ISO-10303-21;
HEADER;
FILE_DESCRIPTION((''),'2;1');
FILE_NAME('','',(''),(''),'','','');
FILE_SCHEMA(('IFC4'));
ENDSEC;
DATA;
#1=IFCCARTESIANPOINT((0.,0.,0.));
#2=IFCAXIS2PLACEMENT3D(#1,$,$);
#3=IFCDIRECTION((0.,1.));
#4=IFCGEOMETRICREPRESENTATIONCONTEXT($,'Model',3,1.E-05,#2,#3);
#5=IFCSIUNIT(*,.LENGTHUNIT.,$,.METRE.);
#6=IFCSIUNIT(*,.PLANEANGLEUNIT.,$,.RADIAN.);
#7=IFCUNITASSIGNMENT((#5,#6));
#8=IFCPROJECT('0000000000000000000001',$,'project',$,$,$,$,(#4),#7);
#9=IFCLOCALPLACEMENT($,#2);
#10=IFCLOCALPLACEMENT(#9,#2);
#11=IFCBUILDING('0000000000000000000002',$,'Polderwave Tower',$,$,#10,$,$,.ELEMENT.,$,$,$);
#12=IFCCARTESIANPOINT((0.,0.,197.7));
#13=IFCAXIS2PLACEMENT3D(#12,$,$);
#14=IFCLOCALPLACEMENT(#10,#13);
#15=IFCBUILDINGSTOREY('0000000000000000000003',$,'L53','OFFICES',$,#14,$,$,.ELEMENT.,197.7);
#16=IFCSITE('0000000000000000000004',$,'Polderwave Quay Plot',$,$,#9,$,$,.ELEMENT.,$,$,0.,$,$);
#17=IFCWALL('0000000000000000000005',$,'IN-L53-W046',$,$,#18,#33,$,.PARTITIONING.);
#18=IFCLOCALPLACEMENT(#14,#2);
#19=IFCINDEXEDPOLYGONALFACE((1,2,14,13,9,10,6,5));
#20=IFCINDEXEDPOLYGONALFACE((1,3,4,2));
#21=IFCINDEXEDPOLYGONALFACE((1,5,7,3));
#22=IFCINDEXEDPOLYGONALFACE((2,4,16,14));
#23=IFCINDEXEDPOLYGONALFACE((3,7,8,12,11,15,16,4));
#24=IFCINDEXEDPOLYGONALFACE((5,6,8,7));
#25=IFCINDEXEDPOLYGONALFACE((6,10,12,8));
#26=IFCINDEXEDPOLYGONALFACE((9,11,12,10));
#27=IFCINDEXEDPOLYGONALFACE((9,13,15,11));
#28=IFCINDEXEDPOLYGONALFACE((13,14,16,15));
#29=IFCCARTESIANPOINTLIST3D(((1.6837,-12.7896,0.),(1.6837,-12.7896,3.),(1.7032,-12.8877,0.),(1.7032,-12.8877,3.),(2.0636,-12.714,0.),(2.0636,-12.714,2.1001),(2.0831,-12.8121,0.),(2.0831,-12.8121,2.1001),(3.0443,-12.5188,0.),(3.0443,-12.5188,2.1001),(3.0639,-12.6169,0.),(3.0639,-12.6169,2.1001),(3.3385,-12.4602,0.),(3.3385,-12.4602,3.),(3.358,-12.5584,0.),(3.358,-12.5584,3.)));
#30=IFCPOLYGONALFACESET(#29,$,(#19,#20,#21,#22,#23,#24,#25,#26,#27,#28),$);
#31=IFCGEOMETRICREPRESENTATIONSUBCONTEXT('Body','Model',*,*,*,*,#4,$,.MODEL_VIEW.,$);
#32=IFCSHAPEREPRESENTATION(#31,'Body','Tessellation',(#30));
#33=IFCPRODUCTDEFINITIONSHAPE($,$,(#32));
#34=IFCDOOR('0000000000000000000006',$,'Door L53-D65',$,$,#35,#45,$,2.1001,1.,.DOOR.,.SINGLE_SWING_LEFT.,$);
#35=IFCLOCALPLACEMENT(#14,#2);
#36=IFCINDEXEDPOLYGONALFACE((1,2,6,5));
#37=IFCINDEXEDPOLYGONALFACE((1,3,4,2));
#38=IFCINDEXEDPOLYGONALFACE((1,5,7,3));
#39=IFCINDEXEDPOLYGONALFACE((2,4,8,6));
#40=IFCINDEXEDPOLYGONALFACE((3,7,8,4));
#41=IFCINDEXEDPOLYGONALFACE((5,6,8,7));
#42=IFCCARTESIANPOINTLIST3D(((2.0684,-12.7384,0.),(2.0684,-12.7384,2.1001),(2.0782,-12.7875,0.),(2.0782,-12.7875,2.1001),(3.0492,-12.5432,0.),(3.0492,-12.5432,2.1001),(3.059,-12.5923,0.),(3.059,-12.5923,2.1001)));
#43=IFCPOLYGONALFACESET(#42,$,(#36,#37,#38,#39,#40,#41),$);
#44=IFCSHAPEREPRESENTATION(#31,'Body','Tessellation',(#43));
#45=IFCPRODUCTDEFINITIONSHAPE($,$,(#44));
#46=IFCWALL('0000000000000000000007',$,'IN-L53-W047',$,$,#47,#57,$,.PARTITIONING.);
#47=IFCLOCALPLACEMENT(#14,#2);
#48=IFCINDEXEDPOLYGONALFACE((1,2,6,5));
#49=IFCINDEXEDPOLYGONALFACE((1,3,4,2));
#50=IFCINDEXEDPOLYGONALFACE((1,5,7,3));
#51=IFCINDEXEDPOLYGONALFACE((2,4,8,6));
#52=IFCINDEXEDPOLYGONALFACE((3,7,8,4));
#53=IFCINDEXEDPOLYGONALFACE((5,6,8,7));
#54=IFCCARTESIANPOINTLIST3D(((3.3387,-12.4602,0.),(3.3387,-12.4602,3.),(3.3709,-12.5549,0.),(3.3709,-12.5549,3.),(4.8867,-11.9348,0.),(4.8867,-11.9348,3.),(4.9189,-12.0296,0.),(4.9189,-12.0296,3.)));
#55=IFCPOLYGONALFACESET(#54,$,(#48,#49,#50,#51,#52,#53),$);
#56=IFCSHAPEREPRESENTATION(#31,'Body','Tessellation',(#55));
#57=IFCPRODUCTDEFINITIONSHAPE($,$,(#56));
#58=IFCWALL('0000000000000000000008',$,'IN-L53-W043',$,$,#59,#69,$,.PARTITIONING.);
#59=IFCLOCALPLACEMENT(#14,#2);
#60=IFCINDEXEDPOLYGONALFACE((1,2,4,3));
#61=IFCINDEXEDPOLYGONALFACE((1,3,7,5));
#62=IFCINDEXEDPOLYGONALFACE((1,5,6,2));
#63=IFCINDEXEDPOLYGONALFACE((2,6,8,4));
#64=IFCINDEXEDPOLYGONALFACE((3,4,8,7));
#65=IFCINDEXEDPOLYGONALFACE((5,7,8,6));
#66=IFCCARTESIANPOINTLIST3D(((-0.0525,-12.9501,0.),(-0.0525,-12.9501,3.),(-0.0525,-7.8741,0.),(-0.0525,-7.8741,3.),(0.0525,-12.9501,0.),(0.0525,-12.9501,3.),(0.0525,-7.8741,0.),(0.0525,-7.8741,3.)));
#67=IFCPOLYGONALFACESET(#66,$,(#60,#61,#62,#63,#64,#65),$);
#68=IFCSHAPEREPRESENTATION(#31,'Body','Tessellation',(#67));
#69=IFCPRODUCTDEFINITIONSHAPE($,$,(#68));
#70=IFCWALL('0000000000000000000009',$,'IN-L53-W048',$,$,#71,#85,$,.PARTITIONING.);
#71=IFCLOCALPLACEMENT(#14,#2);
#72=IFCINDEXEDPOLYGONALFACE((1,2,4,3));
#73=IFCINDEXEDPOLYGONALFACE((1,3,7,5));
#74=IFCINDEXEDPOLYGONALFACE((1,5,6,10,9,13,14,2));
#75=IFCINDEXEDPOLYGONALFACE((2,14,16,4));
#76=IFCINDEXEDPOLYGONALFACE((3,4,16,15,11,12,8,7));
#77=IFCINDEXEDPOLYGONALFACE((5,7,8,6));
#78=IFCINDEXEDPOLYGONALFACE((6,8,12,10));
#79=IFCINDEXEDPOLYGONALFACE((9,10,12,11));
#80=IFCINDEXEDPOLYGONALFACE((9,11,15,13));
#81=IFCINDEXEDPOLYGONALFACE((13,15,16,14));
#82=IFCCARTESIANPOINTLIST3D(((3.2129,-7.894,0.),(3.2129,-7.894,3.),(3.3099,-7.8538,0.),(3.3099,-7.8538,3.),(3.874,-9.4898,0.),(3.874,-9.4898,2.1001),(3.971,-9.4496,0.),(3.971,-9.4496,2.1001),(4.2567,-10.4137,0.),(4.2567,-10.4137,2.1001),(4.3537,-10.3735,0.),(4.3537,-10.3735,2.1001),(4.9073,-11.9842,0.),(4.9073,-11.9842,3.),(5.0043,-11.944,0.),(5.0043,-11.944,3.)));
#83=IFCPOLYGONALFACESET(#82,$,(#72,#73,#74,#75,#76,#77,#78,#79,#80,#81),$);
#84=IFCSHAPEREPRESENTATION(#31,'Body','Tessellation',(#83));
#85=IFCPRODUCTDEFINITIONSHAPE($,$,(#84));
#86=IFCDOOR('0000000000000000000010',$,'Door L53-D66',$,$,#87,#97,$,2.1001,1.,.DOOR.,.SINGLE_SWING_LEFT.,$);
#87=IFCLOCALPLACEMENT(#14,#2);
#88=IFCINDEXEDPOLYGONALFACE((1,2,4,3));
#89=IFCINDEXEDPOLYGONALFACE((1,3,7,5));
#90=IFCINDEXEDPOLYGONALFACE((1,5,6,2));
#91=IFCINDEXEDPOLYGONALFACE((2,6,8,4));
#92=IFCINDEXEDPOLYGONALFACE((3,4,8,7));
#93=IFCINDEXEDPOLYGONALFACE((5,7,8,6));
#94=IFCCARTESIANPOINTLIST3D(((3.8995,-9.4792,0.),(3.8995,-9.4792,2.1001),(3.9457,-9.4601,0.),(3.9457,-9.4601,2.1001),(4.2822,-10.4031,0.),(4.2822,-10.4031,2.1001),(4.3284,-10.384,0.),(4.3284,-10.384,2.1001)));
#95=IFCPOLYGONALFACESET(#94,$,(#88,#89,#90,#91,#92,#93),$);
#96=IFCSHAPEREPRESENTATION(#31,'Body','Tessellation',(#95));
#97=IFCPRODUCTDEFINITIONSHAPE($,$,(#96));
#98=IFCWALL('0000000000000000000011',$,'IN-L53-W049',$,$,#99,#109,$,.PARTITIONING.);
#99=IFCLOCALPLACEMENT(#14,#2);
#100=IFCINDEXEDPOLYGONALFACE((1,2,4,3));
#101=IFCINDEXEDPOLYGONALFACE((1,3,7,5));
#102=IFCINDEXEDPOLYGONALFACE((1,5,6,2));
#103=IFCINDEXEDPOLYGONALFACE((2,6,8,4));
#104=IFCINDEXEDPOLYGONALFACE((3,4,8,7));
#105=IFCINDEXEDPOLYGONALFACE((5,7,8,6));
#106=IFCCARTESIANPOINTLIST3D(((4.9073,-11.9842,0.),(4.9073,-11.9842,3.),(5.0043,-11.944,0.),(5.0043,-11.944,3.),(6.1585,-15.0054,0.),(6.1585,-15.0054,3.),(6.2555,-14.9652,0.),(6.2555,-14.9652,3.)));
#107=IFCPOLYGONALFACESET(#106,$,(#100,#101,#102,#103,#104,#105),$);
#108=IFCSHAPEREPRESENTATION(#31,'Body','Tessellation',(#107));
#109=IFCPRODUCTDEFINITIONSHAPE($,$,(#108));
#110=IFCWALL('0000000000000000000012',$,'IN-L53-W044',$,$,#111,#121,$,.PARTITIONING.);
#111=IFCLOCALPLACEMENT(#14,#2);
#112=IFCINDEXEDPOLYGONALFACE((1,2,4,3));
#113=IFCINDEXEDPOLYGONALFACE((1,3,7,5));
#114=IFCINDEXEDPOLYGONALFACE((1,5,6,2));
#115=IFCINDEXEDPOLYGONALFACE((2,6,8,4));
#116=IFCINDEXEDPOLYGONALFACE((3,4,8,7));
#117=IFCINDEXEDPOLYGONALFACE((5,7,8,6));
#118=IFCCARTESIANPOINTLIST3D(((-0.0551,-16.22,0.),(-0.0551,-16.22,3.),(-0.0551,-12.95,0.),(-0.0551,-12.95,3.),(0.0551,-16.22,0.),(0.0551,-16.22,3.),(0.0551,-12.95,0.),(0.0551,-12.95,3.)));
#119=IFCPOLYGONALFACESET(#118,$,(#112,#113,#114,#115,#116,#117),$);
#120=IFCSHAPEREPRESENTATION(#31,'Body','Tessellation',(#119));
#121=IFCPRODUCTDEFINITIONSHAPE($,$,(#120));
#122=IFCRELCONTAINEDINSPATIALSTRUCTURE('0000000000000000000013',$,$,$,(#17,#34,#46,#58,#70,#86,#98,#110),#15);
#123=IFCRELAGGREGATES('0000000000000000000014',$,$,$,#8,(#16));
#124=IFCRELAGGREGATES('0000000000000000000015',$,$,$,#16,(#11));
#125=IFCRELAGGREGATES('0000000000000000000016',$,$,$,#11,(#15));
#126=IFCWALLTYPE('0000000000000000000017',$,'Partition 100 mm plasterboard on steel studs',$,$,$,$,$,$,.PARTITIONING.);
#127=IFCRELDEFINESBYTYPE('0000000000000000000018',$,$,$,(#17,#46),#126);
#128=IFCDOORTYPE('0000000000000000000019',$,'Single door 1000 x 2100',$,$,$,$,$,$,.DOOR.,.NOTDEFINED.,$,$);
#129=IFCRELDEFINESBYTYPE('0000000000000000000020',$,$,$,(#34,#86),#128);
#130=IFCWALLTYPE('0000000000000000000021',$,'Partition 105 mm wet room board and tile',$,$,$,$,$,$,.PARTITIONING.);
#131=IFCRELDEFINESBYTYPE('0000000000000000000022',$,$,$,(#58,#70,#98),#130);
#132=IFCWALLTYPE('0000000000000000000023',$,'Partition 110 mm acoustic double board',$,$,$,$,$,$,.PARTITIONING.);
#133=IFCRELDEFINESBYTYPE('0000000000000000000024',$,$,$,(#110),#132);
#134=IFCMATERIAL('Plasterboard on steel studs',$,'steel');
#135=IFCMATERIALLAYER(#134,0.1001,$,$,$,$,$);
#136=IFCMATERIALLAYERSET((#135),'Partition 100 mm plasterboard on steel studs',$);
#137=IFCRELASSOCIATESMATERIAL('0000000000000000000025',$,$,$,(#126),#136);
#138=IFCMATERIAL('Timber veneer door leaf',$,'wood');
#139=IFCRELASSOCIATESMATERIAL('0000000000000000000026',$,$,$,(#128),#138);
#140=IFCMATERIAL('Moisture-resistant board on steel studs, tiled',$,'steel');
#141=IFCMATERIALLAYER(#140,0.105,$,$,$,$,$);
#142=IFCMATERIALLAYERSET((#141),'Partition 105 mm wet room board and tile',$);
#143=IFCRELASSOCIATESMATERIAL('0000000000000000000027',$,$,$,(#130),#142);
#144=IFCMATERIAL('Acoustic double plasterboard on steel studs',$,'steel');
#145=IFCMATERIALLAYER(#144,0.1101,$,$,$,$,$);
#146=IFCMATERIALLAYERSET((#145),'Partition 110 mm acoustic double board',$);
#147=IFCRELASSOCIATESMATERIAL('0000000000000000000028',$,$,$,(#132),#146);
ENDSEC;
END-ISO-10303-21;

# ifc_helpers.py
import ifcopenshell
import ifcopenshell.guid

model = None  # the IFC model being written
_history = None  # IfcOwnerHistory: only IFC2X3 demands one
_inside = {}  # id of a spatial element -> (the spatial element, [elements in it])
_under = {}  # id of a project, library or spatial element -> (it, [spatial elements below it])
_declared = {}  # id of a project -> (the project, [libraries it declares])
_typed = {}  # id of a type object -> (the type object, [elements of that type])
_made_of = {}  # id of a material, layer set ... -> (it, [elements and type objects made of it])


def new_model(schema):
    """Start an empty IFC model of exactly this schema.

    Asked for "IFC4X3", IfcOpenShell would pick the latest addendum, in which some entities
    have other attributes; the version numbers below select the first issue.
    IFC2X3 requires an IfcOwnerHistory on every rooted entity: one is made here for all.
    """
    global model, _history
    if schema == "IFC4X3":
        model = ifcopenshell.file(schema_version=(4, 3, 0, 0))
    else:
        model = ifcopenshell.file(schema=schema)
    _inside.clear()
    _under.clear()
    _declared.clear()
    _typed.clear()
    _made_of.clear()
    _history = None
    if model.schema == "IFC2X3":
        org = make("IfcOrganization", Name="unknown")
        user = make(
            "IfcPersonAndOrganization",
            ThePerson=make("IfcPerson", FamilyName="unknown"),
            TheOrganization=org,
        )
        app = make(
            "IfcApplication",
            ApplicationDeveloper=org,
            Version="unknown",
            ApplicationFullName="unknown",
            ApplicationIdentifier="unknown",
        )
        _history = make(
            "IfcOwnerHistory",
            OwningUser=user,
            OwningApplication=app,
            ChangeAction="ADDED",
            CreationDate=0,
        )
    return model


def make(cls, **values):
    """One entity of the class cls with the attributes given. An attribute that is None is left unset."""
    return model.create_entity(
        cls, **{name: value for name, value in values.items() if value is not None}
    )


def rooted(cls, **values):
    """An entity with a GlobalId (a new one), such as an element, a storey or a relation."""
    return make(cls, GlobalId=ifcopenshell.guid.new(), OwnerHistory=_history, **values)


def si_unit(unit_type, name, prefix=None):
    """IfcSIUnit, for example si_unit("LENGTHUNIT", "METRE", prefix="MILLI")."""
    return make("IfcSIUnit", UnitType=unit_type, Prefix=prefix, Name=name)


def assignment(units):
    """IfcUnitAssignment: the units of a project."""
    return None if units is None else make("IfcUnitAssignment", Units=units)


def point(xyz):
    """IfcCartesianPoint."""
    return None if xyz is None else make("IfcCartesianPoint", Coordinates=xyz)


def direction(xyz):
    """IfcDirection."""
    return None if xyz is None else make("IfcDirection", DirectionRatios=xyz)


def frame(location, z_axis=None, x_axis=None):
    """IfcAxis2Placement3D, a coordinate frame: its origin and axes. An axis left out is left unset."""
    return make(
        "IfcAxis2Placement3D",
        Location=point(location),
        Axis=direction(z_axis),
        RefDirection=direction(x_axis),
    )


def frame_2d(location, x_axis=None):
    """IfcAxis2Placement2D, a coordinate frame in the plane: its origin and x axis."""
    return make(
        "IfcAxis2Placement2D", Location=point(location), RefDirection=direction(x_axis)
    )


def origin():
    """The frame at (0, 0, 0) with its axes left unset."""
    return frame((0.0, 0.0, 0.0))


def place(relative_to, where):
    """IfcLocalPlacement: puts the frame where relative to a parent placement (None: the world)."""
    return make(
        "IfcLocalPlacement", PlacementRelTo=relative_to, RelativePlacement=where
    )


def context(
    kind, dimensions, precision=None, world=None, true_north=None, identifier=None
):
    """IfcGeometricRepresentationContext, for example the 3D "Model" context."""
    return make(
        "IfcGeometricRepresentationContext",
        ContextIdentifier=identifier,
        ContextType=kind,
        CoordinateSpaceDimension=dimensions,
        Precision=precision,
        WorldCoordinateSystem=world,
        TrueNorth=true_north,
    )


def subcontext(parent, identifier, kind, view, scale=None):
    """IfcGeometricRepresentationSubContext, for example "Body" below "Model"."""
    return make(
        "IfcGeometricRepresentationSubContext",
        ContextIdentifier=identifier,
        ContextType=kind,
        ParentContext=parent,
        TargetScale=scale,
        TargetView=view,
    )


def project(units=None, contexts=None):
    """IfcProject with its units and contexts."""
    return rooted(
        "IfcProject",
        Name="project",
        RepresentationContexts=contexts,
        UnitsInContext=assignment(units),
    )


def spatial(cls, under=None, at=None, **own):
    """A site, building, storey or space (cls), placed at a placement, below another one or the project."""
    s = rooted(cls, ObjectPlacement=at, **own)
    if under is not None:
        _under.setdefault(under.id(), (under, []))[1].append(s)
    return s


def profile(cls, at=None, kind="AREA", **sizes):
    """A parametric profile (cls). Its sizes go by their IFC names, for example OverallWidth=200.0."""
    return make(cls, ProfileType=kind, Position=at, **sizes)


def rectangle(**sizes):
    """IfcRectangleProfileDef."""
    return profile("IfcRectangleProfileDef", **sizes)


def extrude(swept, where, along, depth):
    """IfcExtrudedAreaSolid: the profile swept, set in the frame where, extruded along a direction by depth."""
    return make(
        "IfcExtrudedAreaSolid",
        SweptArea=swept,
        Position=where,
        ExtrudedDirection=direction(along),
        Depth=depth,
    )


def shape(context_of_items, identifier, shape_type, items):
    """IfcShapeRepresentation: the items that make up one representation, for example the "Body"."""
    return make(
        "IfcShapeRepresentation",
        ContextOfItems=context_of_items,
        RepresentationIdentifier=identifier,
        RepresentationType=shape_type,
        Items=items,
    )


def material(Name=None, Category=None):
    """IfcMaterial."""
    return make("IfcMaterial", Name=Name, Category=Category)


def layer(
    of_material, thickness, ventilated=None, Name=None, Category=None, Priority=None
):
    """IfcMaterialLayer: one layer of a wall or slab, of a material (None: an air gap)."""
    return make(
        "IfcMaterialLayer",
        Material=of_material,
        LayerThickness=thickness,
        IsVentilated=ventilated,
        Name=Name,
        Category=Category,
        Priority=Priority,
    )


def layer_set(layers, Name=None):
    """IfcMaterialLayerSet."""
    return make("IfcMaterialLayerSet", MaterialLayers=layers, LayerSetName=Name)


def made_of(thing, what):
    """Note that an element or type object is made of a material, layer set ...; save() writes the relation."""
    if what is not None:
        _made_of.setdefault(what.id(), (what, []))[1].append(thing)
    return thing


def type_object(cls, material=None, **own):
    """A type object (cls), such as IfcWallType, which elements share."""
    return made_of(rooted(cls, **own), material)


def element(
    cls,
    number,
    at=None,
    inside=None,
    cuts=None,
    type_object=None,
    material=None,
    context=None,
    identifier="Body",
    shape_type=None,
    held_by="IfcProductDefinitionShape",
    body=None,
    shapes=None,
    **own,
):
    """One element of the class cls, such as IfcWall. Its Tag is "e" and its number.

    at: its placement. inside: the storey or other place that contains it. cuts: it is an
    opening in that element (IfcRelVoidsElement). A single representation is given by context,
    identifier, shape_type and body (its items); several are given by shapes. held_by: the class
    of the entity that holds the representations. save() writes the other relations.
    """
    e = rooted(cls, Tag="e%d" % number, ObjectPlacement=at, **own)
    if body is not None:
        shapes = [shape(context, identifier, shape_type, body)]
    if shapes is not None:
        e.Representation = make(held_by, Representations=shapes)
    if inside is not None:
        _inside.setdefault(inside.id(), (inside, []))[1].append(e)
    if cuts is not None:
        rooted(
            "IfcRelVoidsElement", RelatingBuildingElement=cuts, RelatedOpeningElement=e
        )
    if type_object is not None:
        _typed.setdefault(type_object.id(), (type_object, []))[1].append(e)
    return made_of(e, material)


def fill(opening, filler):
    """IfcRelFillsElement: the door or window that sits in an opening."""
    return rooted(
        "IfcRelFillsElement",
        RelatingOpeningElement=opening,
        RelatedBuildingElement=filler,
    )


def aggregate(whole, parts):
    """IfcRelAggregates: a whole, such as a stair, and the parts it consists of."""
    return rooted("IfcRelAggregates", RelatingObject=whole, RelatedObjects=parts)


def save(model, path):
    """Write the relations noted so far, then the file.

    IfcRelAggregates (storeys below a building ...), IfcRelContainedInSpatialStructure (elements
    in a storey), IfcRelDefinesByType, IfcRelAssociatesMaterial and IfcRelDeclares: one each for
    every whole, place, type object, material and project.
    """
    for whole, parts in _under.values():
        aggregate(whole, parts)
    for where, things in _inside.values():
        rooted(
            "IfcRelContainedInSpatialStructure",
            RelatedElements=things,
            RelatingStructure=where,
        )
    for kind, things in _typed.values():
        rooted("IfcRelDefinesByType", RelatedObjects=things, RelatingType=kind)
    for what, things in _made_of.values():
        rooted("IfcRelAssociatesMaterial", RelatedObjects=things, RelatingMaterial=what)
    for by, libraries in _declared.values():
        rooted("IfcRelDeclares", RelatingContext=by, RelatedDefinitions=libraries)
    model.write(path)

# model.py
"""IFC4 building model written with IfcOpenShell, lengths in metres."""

from ifc_helpers import new_model, si_unit, direction, frame, frame_2d, origin, place, context, subcontext, project, spatial, rectangle, extrude, material, layer, layer_set, type_object, element, fill, save


model = new_model("IFC4")

# Units and contexts
model_context = context("Model", 3, precision=1e-05, world=origin(), true_north=direction((0.0, 1.0)))
body_context = subcontext(model_context, "Body", "Model", "MODEL_VIEW")
ifc_project = project(units=[si_unit("LENGTHUNIT", "METRE"), si_unit("PLANEANGLEUNIT", "RADIAN")], contexts=[model_context])

# Site, building, storey
site_placement = place(None, origin())
site = spatial("IfcSite", under=ifc_project, at=site_placement, Name="Polderwave Quay Plot", CompositionType="ELEMENT", RefElevation=0.0)
building_placement = place(site_placement, origin())
building = spatial("IfcBuilding", under=site, at=building_placement, Name="Polderwave Tower", CompositionType="ELEMENT")
storey_placement = place(building_placement, frame((0.0, 0.0, 197.7)))
storey = spatial("IfcBuildingStorey", under=building, at=storey_placement, Name="L53", Description="OFFICES", CompositionType="ELEMENT", Elevation=197.7)

# Shared definitions
ifc_material_1 = material(Name="Plasterboard on steel studs", Category="steel")
ifc_layer_1 = layer(ifc_material_1, 0.1001)
ifc_layer_set_1 = layer_set([ifc_layer_1], Name="Partition 100 mm plasterboard on steel studs")
wall_type_1 = type_object("IfcWallType", Name="Partition 100 mm plasterboard on steel studs", PredefinedType="PARTITIONING", material=ifc_layer_set_1)

# Wall, opening, door
wall_1_placement = place(storey_placement, frame((3.3484, -12.5093, 0.0), z_axis=(0.0, 0.0, 1.0), x_axis=(-0.980764, -0.195198, 0.0)))
wall_1 = element("IfcWall", 1, at=wall_1_placement, inside=storey, type_object=wall_type_1, Name="IN-L53-W046", PredefinedType="PARTITIONING", context=body_context, shape_type="SweptSolid", body=[
    extrude(rectangle(XDim=1.6873, YDim=0.1001, at=frame_2d((0.8438, 0.0))), origin(), (0.0, 0.0, 1.0), 3.0),
])
opening_1_placement = place(wall_1_placement, frame((0.3, 0.0, 0.0)))
opening_1 = element("IfcOpeningElement", 2, at=opening_1_placement, cuts=wall_1, PredefinedType="OPENING", context=body_context, shape_type="SweptSolid", body=[
    extrude(rectangle(XDim=1.0, YDim=2.1001, at=frame_2d((0.5, 1.05))), frame((0.0, 0.0601, 0.0), z_axis=(0.0, -1.0, 0.0), x_axis=(1.0, 0.0, 0.0)), (0.0, 0.0, 1.0), 0.1201),
])
ifc_material_2 = material(Name="Timber veneer door leaf", Category="wood")
door_type = type_object("IfcDoorType", Name="Single door 1000 x 2100", OperationType="NOTDEFINED", PredefinedType="DOOR", material=ifc_material_2)
door_1_placement = place(opening_1_placement, origin())
door_1 = element("IfcDoor", 3, at=door_1_placement, inside=storey, type_object=door_type, Name="Door L53-D65", OperationType="SINGLE_SWING_LEFT", OverallHeight=2.1001, OverallWidth=1.0, PredefinedType="DOOR", context=body_context, shape_type="SweptSolid", body=[
    extrude(rectangle(XDim=1.0, YDim=2.1001, at=frame_2d((0.5, 1.05))), frame((0.0, 0.0249, 0.0), z_axis=(0.0, -1.0, 0.0), x_axis=(1.0, 0.0, 0.0)), (0.0, 0.0, 1.0), 0.05),
])
fill(opening_1, door_1)

# Walls
wall_2_placement = place(storey_placement, frame((4.9028, -11.9822, 0.0), z_axis=(0.0, 0.0, 1.0), x_axis=(-0.946952, -0.321375, 0.0)))
element("IfcWall", 4, at=wall_2_placement, inside=storey, type_object=wall_type_1, Name="IN-L53-W047", PredefinedType="PARTITIONING", context=body_context, shape_type="SweptSolid", body=[
    extrude(rectangle(XDim=1.6348, YDim=0.1001, at=frame_2d((0.8174, 0.0))), origin(), (0.0, 0.0, 1.0), 3.0),
])
ifc_material_3 = material(Name="Moisture-resistant board on steel studs, tiled", Category="steel")
ifc_layer_2 = layer(ifc_material_3, 0.105)
ifc_layer_set_2 = layer_set([ifc_layer_2], Name="Partition 105 mm wet room board and tile")
wall_type_2 = type_object("IfcWallType", Name="Partition 105 mm wet room board and tile", PredefinedType="PARTITIONING", material=ifc_layer_set_2)
wall_3_placement = place(storey_placement, frame((0.0, -7.874, 0.0), z_axis=(0.0, 0.0, 1.0), x_axis=(0.0, -1.0, 0.0)))
element("IfcWall", 5, at=wall_3_placement, inside=storey, type_object=wall_type_2, Name="IN-L53-W043", PredefinedType="PARTITIONING", context=body_context, shape_type="SweptSolid", body=[
    extrude(rectangle(XDim=5.0759, YDim=0.105, at=frame_2d((2.5381, 0.0))), origin(), (0.0, 0.0, 1.0), 3.0),
])

# Wall, opening, door
wall_4_placement = place(storey_placement, frame((4.9558, -11.9641, 0.0), z_axis=(0.0, 0.0, 1.0), x_axis=(-0.382715, 0.923866, 0.0)))
wall_4 = element("IfcWall", 6, at=wall_4_placement, inside=storey, type_object=wall_type_2, Name="IN-L53-W048", PredefinedType="PARTITIONING", context=body_context, shape_type="SweptSolid", body=[
    extrude(rectangle(XDim=4.4272, YDim=0.105, at=frame_2d((2.2136, 0.0))), origin(), (0.0, 0.0, 1.0), 3.0),
])
opening_2_placement = place(wall_4_placement, frame((1.7, 0.0, 0.0)))
opening_2 = element("IfcOpeningElement", 7, at=opening_2_placement, cuts=wall_4, PredefinedType="OPENING", context=body_context, shape_type="SweptSolid", body=[
    extrude(rectangle(XDim=1.0, YDim=2.1001, at=frame_2d((0.5, 1.05))), frame((0.0, 0.0625, 0.0), z_axis=(0.0, -1.0, 0.0), x_axis=(1.0, 0.0, 0.0)), (0.0, 0.0, 1.0), 0.125),
])
door_2_placement = place(opening_2_placement, origin())
door_2 = element("IfcDoor", 8, at=door_2_placement, inside=storey, type_object=door_type, Name="Door L53-D66", OperationType="SINGLE_SWING_LEFT", OverallHeight=2.1001, OverallWidth=1.0, PredefinedType="DOOR", context=body_context, shape_type="SweptSolid", body=[
    extrude(rectangle(XDim=1.0, YDim=2.1001, at=frame_2d((0.5, 1.05))), frame((0.0, 0.0249, 0.0), z_axis=(0.0, -1.0, 0.0), x_axis=(1.0, 0.0, 0.0)), (0.0, 0.0, 1.0), 0.05),
])
fill(opening_2, door_2)

# Walls
wall_5_placement = place(storey_placement, frame((4.9558, -11.9641, 0.0), z_axis=(0.0, 0.0, 1.0), x_axis=(0.382627, -0.923903, 0.0)))
element("IfcWall", 9, at=wall_5_placement, inside=storey, type_object=wall_type_2, Name="IN-L53-W049", PredefinedType="PARTITIONING", context=body_context, shape_type="SweptSolid", body=[
    extrude(rectangle(XDim=3.27, YDim=0.105, at=frame_2d((1.635, 0.0))), origin(), (0.0, 0.0, 1.0), 3.0),
])
ifc_material_4 = material(Name="Acoustic double plasterboard on steel studs", Category="steel")
ifc_layer_3 = layer(ifc_material_4, 0.1101)
ifc_layer_set_3 = layer_set([ifc_layer_3], Name="Partition 110 mm acoustic double board")
wall_type_3 = type_object("IfcWallType", Name="Partition 110 mm acoustic double board", PredefinedType="PARTITIONING", material=ifc_layer_set_3)
wall_6_placement = place(storey_placement, frame((0.0, -12.95, 0.0), z_axis=(0.0, 0.0, 1.0), x_axis=(0.0, -1.0, 0.0)))
element("IfcWall", 10, at=wall_6_placement, inside=storey, type_object=wall_type_3, Name="IN-L53-W044", PredefinedType="PARTITIONING", context=body_context, shape_type="SweptSolid", body=[
    extrude(rectangle(XDim=3.27, YDim=0.1101, at=frame_2d((1.635, 0.0))), origin(), (0.0, 0.0, 1.0), 3.0),
])

save(model, "model.ifc")
